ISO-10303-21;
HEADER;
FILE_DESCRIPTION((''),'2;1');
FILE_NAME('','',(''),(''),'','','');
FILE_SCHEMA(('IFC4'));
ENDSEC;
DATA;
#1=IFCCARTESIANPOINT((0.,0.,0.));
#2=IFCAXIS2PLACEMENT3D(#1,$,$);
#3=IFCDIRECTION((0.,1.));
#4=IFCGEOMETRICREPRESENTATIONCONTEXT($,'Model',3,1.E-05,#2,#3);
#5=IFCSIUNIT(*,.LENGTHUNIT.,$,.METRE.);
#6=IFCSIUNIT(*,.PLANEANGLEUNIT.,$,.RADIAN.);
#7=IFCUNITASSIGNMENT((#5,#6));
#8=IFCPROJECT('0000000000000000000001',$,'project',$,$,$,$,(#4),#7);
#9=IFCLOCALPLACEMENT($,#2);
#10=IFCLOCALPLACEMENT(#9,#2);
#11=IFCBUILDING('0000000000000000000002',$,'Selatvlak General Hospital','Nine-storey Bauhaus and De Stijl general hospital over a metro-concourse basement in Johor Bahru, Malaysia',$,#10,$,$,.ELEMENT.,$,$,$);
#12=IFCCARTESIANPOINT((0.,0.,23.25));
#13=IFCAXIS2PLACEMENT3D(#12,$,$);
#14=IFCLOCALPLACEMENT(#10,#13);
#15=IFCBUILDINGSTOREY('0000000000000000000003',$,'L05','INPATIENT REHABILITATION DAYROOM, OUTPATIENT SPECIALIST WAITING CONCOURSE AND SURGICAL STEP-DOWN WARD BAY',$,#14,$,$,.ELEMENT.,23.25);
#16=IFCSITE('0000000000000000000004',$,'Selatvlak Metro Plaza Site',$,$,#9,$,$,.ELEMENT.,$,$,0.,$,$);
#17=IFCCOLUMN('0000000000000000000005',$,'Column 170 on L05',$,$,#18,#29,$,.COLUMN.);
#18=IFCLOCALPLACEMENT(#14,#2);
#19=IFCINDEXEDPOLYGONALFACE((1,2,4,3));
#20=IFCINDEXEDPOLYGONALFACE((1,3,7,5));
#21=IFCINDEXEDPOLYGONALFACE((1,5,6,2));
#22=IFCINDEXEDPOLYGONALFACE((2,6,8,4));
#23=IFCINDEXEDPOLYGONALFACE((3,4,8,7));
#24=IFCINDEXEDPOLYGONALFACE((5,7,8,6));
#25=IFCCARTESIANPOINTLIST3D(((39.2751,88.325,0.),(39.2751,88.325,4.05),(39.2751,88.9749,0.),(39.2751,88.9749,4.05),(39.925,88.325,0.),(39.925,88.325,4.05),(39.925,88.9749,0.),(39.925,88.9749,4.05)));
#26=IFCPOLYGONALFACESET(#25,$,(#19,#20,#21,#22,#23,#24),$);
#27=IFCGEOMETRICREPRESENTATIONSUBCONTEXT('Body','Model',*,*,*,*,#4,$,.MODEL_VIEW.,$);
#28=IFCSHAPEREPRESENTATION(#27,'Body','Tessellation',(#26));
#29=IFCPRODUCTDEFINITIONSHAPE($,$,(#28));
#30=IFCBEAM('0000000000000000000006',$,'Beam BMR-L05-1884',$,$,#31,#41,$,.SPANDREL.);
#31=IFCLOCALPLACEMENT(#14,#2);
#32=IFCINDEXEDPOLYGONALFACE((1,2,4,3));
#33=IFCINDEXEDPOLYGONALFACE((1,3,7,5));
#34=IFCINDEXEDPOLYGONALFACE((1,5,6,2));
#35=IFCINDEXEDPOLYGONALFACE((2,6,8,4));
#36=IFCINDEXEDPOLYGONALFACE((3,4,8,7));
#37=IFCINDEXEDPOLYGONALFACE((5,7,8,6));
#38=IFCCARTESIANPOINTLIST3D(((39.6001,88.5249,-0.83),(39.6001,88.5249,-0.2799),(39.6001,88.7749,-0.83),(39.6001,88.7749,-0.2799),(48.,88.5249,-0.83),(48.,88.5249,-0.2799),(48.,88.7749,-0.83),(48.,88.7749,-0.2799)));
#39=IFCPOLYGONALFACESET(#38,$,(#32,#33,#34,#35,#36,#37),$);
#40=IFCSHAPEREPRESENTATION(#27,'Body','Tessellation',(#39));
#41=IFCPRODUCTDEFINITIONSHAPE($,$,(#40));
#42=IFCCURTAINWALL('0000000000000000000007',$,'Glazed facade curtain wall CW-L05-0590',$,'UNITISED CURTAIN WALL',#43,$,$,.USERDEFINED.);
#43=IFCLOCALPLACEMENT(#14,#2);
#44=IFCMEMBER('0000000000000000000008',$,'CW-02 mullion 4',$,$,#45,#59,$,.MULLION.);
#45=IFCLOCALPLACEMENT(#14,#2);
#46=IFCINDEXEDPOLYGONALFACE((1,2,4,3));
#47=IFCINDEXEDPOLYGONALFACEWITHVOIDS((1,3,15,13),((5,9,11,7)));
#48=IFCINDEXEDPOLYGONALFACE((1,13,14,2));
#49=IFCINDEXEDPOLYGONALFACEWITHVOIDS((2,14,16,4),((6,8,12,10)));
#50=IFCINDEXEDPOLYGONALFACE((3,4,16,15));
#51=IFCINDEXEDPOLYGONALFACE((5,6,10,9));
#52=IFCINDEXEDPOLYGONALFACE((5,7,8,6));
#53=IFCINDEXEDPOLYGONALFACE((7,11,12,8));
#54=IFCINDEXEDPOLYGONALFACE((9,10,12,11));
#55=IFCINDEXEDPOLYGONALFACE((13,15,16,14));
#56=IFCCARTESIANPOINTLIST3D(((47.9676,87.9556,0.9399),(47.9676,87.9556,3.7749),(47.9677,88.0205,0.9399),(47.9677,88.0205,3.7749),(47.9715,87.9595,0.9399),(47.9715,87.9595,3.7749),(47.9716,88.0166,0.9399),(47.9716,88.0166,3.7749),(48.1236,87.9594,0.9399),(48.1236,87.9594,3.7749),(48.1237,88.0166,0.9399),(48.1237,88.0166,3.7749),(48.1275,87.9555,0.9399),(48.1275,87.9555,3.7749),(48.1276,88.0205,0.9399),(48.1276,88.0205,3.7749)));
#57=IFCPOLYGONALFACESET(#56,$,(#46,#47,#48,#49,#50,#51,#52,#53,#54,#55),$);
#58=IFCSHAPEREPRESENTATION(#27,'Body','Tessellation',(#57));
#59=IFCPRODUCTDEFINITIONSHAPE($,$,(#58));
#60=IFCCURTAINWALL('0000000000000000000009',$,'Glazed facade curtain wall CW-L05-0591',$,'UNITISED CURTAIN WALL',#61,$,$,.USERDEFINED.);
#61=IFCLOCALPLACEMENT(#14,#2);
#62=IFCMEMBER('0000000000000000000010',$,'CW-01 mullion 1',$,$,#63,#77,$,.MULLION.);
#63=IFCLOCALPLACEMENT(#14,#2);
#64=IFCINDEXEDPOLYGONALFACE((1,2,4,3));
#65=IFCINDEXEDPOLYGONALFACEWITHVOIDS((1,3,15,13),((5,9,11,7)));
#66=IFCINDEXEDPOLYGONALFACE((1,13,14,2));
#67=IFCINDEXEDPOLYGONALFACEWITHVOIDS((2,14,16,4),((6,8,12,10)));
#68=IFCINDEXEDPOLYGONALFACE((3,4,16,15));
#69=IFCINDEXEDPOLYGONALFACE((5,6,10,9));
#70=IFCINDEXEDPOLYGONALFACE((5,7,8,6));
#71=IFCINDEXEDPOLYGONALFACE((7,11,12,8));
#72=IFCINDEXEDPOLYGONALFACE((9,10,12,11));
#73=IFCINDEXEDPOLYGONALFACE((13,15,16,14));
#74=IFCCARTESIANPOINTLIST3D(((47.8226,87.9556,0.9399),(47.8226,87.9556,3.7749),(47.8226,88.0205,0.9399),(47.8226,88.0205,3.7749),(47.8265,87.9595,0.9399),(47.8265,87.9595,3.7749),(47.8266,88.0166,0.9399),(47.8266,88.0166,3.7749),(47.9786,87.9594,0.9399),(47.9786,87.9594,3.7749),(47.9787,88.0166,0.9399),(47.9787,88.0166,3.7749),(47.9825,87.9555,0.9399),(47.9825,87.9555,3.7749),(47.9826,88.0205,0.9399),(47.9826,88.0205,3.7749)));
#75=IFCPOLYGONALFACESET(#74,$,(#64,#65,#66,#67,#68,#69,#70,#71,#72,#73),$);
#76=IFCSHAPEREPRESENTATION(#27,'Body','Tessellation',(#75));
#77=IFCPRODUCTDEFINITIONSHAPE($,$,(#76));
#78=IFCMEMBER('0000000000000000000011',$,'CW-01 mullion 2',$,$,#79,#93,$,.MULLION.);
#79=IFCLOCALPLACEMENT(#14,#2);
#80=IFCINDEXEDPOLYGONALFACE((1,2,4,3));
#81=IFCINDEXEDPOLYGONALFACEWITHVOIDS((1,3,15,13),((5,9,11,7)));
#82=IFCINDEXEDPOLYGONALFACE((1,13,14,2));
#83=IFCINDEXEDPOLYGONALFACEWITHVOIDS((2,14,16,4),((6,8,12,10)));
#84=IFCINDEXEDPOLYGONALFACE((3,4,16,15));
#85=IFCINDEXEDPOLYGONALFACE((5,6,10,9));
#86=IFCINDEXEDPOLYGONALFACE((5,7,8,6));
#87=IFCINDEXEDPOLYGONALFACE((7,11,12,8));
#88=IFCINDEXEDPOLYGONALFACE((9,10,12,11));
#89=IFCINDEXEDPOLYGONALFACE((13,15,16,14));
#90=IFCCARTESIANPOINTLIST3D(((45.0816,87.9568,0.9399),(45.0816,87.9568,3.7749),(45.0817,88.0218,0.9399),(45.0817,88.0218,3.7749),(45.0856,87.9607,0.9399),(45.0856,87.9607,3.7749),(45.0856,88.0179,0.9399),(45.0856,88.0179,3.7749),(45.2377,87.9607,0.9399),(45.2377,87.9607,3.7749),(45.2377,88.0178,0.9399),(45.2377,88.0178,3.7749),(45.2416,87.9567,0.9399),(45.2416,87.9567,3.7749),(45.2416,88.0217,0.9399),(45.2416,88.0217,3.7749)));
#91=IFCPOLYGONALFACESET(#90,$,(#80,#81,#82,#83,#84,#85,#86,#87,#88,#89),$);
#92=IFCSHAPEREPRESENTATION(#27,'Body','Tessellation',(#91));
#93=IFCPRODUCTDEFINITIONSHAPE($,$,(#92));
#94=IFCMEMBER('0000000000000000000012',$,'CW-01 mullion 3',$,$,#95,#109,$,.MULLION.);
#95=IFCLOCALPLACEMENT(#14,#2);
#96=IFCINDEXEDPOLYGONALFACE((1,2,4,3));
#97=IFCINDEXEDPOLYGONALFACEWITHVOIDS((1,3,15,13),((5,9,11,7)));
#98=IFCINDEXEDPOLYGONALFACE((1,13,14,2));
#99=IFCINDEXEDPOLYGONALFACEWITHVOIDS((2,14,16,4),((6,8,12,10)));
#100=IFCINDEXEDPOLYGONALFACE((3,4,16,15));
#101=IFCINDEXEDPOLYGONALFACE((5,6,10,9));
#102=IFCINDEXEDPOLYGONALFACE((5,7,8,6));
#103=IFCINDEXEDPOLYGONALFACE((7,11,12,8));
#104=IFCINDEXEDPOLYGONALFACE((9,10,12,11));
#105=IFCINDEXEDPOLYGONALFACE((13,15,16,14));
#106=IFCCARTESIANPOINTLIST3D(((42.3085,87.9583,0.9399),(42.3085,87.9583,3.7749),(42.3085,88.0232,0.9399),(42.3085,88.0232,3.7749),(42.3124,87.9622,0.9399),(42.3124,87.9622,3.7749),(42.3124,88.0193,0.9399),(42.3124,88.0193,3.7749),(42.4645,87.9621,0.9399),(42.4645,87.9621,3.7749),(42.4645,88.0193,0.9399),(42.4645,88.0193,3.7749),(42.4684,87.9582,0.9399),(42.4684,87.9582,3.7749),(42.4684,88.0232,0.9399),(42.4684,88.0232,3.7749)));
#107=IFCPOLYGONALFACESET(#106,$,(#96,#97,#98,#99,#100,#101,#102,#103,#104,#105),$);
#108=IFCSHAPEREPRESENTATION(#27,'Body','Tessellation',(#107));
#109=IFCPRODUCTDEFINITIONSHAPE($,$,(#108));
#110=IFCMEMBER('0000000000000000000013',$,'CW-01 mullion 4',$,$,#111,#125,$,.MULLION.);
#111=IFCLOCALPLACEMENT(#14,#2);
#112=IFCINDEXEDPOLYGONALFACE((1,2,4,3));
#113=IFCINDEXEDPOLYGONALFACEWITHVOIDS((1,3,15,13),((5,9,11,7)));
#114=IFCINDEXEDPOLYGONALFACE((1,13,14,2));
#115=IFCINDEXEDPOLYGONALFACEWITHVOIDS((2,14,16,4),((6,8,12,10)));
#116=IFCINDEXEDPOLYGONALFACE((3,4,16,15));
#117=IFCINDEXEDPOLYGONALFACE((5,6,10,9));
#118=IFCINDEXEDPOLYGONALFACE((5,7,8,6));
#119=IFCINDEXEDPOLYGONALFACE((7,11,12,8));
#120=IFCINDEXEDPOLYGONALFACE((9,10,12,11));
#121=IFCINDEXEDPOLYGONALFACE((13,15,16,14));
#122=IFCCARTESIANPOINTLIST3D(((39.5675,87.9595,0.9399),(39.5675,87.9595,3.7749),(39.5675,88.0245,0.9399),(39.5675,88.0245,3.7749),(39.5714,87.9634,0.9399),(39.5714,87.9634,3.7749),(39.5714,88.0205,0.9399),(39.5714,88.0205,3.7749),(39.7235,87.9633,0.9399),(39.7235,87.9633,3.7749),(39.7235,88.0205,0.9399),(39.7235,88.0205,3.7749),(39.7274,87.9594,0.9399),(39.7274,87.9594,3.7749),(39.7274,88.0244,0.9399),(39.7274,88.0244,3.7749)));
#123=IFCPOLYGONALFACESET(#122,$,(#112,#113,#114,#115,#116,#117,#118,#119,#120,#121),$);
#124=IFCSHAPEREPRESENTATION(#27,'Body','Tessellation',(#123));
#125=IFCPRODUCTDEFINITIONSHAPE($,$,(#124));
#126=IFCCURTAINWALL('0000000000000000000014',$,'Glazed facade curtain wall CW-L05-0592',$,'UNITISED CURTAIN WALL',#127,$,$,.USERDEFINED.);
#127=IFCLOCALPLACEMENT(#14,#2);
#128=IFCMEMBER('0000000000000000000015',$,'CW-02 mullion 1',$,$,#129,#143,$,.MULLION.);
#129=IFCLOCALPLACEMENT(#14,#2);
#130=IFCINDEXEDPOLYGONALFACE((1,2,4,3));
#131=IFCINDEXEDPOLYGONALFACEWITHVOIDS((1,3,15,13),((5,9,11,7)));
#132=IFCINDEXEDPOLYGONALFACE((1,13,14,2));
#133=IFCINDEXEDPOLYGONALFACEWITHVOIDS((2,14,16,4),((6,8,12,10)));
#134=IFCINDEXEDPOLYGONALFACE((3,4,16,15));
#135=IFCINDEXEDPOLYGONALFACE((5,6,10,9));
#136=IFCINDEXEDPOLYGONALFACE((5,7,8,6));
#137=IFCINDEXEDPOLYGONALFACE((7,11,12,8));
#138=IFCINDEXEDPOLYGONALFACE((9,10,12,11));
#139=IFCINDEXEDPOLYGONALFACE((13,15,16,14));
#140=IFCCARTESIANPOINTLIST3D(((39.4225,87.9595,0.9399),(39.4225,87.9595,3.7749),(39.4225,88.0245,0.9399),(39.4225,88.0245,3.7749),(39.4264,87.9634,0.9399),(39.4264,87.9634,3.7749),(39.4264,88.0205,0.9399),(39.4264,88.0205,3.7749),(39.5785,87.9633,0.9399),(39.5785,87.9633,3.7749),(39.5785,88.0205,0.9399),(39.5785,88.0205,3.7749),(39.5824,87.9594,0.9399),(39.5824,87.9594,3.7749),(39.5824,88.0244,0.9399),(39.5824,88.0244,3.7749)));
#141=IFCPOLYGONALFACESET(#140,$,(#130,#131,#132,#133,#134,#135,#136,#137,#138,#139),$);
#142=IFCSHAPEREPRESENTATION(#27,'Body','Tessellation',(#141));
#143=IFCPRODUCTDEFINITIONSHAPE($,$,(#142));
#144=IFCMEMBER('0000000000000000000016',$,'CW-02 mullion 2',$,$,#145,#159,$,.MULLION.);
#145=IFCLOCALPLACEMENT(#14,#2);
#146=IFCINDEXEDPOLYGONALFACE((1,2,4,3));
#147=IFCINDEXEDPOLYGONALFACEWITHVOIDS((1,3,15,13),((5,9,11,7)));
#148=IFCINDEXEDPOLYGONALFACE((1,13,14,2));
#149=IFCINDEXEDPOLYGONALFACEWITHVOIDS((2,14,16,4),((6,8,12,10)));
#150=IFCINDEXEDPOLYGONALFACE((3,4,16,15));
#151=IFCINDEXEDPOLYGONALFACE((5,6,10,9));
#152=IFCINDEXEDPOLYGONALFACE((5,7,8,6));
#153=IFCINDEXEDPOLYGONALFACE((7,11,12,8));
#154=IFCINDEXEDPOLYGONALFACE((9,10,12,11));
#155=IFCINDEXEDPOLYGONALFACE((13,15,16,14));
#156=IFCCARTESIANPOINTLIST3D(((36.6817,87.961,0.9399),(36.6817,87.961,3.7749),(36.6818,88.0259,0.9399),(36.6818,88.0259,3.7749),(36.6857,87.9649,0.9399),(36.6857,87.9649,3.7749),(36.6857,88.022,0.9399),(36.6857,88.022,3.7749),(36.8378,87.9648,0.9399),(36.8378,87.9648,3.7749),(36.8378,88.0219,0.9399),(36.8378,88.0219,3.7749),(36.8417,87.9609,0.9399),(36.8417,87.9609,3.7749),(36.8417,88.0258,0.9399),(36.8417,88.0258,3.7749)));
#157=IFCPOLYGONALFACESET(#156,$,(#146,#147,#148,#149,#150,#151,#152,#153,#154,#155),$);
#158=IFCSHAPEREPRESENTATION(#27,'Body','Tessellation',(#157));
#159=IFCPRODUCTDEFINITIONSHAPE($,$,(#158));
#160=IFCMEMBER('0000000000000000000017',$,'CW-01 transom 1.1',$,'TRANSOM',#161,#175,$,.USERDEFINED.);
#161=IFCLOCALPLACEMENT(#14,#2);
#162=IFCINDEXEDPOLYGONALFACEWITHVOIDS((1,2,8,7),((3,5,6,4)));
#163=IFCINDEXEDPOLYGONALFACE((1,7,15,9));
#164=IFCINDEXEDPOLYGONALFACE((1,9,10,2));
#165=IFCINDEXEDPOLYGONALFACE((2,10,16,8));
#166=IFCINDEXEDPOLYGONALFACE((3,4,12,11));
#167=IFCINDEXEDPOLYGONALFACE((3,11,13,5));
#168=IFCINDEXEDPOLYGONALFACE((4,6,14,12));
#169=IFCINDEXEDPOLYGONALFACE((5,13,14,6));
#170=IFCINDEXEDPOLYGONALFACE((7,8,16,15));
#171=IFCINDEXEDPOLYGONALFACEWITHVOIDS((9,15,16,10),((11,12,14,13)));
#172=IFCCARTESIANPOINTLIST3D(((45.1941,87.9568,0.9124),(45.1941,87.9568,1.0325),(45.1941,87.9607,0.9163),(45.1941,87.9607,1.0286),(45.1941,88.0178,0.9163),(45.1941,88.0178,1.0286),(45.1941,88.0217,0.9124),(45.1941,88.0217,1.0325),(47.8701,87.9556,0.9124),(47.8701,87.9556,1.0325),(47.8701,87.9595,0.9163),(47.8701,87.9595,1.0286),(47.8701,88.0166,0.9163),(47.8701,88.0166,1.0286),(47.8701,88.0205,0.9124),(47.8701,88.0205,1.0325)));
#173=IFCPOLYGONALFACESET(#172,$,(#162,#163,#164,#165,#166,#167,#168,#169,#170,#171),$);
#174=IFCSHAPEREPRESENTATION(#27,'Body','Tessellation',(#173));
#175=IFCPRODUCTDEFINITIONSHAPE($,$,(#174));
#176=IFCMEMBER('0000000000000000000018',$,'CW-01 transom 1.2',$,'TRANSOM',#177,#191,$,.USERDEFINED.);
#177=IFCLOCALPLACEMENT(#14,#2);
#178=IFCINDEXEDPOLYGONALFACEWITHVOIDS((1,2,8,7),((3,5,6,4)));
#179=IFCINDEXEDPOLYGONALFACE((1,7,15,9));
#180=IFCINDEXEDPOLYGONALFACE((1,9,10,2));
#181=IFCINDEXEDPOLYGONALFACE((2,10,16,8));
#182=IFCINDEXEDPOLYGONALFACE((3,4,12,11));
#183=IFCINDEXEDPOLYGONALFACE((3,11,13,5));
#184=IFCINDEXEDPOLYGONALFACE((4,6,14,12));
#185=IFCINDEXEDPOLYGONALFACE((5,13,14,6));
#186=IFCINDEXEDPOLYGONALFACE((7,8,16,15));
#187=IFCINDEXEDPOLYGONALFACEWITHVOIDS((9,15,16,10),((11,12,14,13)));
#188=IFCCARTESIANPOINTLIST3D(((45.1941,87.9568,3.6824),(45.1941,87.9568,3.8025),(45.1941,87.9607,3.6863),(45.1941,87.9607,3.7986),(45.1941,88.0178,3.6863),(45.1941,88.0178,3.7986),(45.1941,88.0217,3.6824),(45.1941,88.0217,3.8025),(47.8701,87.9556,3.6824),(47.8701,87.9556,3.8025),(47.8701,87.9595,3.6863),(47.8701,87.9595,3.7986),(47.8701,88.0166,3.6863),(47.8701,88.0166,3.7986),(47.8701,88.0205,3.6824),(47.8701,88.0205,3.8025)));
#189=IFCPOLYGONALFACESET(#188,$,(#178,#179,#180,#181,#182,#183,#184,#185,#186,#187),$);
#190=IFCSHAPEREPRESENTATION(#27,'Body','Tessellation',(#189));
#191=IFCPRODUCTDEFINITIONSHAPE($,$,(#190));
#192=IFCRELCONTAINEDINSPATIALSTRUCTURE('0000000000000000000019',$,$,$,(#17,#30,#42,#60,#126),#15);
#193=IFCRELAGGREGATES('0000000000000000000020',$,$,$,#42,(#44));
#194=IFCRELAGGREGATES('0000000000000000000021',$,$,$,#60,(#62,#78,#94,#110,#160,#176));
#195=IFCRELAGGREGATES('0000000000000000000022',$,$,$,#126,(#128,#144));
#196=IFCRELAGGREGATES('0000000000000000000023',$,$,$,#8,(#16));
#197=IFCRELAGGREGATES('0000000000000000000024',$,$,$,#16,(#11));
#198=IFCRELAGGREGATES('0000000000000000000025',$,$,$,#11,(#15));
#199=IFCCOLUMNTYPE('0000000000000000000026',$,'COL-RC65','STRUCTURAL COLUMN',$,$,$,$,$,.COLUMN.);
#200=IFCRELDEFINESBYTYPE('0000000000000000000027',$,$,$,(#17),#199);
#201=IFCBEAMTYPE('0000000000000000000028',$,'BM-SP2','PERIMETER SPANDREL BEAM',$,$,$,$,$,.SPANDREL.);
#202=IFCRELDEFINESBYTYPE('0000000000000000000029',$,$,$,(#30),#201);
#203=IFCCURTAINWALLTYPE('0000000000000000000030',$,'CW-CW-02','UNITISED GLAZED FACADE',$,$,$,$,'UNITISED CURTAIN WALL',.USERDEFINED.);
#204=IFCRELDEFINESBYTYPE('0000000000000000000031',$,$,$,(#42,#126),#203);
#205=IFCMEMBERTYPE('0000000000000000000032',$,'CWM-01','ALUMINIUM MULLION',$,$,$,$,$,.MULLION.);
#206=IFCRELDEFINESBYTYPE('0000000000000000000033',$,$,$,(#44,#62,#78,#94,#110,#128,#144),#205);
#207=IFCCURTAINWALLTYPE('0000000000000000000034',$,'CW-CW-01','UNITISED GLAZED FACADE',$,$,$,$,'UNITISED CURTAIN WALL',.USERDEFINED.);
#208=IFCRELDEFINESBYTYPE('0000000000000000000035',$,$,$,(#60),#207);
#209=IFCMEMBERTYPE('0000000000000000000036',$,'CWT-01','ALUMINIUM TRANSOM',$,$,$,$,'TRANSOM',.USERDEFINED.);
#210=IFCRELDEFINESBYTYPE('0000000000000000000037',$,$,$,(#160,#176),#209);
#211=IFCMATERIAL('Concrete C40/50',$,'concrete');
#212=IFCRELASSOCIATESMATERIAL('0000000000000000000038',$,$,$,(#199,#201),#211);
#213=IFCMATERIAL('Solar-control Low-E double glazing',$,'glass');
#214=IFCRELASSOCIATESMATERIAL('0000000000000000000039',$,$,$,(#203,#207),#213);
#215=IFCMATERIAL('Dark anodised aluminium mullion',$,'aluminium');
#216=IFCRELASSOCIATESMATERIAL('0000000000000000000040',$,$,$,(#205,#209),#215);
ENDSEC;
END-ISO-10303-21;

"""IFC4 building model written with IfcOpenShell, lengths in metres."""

from ifc_helpers import new_model, si_unit, direction, frame, origin, origin_2d, place, context, subcontext, project, spatial, rectangle, hollow_rectangle, extrude, material, material_profile, profile_set, type_object, element, aggregate, save


model = new_model("IFC4")

# Units and contexts
model_context = context("Model", 3, precision=1e-05, world=origin(), true_north=direction((0.0, 1.0)))
body_context = subcontext(model_context, "Body", "Model", "MODEL_VIEW")
ifc_project = project(units=[si_unit("LENGTHUNIT", "METRE"), si_unit("PLANEANGLEUNIT", "RADIAN")], contexts=[model_context])

# Site, building, storey
site_placement = place(None, origin())
site = spatial("IfcSite", under=ifc_project, at=site_placement, Name="Selatvlak Metro Plaza Site", CompositionType="ELEMENT", RefElevation=0.0)
building_placement = place(site_placement, origin())
building = spatial("IfcBuilding", under=site, at=building_placement, Name="Selatvlak General Hospital", Description="Nine-storey Bauhaus and De Stijl general hospital over a metro-concourse basement in Johor Bahru, Malaysia", CompositionType="ELEMENT")
storey_placement = place(building_placement, frame((0.0, 0.0, 23.25)))
storey = spatial("IfcBuildingStorey", under=building, at=storey_placement, Name="L05", Description="INPATIENT REHABILITATION DAYROOM, OUTPATIENT SPECIALIST WAITING CONCOURSE AND SURGICAL STEP-DOWN WARD BAY", CompositionType="ELEMENT", Elevation=23.25)

# Column
ifc_material_1 = material(Name="Concrete C40/50", Category="concrete")
ifc_material_profile_1 = material_profile(ifc_material_1, rectangle(XDim=0.6499, YDim=0.6499, at=origin_2d()), Name="RC-COL 650x650")
ifc_profile_set_1 = profile_set([ifc_material_profile_1], Name="Concrete C40/50")
column_type = type_object("IfcColumnType", Name="COL-RC65", Description="STRUCTURAL COLUMN", PredefinedType="COLUMN", material=ifc_profile_set_1)
column_placement = place(storey_placement, frame((39.6001, 88.6499, 0.0), z_axis=(0.0, 0.0, 1.0), x_axis=(1.0, 0.0, 0.0)))
element("IfcColumn", 1, at=column_placement, inside=storey, type_object=column_type, Name="Column 170 on L05", PredefinedType="COLUMN", context=body_context, shape_type="SweptSolid", body=[
    extrude(rectangle(XDim=0.6499, YDim=0.6499, at=origin_2d()), origin(), (0.0, 0.0, 1.0), 4.05),
])

# Beam
ifc_material_profile_2 = material_profile(ifc_material_1, rectangle(XDim=0.25, YDim=0.55, at=origin_2d()), Name="RC-SP 250x550")
ifc_profile_set_2 = profile_set([ifc_material_profile_2], Name="Concrete C40/50")
beam_type = type_object("IfcBeamType", Name="BM-SP2", Description="PERIMETER SPANDREL BEAM", PredefinedType="SPANDREL", material=ifc_profile_set_2)
beam_placement = place(storey_placement, frame((39.6001, 88.6499, -0.5549), z_axis=(1.0, 0.0, 0.0), x_axis=(0.0, 1.0, 0.0)))
element("IfcBeam", 2, at=beam_placement, inside=storey, type_object=beam_type, Name="Beam BMR-L05-1884", PredefinedType="SPANDREL", context=body_context, shape_type="SweptSolid", body=[
    extrude(rectangle(XDim=0.25, YDim=0.55, at=origin_2d()), origin(), (0.0, 0.0, 1.0), 8.3999),
])

# Curtain wall, member
ifc_material_2 = material(Name="Solar-control Low-E double glazing", Category="glass")
curtain_wall_type_1 = type_object("IfcCurtainWallType", Name="CW-CW-02", Description="UNITISED GLAZED FACADE", ElementType="UNITISED CURTAIN WALL", PredefinedType="USERDEFINED", material=ifc_material_2)
curtain_wall_1_placement = place(storey_placement, origin())
curtain_wall_1 = element("IfcCurtainWall", 3, at=curtain_wall_1_placement, inside=storey, type_object=curtain_wall_type_1, Name="Glazed facade curtain wall CW-L05-0590", ObjectType="UNITISED CURTAIN WALL", PredefinedType="USERDEFINED")
ifc_material_3 = material(Name="Dark anodised aluminium mullion", Category="aluminium")
ifc_material_profile_3 = material_profile(ifc_material_3, hollow_rectangle(XDim=0.0649, YDim=0.1599, WallThickness=0.0039, at=origin_2d()), Name="AL-MUL 65x160x4")
ifc_profile_set_3 = profile_set([ifc_material_profile_3], Name="Dark anodised aluminium mullion")
member_type_1 = type_object("IfcMemberType", Name="CWM-01", Description="ALUMINIUM MULLION", PredefinedType="MULLION", material=ifc_profile_set_3)
member_1_placement = place(storey_placement, frame((48.0476, 87.988, 0.9399), z_axis=(0.0, 0.0, 1.0), x_axis=(-0.000481, -1.0, 0.0)))
member_1 = element("IfcMember", 4, at=member_1_placement, type_object=member_type_1, Name="CW-02 mullion 4", PredefinedType="MULLION", context=body_context, shape_type="SweptSolid", body=[
    extrude(hollow_rectangle(XDim=0.0649, YDim=0.1599, WallThickness=0.0039, at=origin_2d()), origin(), (0.0, 0.0, 1.0), 2.835),
])

# Curtain walls, members
curtain_wall_type_2 = type_object("IfcCurtainWallType", Name="CW-CW-01", Description="UNITISED GLAZED FACADE", ElementType="UNITISED CURTAIN WALL", PredefinedType="USERDEFINED", material=ifc_material_2)
curtain_wall_2_placement = place(storey_placement, origin())
curtain_wall_2 = element("IfcCurtainWall", 5, at=curtain_wall_2_placement, inside=storey, type_object=curtain_wall_type_2, Name="Glazed facade curtain wall CW-L05-0591", ObjectType="UNITISED CURTAIN WALL", PredefinedType="USERDEFINED")
member_2_placement = place(storey_placement, frame((47.9026, 87.988, 0.9399), z_axis=(0.0, 0.0, 1.0), x_axis=(-0.000481, -1.0, 0.0)))
member_2 = element("IfcMember", 6, at=member_2_placement, type_object=member_type_1, Name="CW-01 mullion 1", PredefinedType="MULLION", context=body_context, shape_type="SweptSolid", body=[
    extrude(hollow_rectangle(XDim=0.0649, YDim=0.1599, WallThickness=0.0039, at=origin_2d()), origin(), (0.0, 0.0, 1.0), 2.835),
])
member_3_placement = place(storey_placement, frame((45.1616, 87.9893, 0.9399), z_axis=(0.0, 0.0, 1.0), x_axis=(-0.000481, -1.0, 0.0)))
member_3 = element("IfcMember", 7, at=member_3_placement, type_object=member_type_1, Name="CW-01 mullion 2", PredefinedType="MULLION", context=body_context, shape_type="SweptSolid", body=[
    extrude(hollow_rectangle(XDim=0.0649, YDim=0.1599, WallThickness=0.0039, at=origin_2d()), origin(), (0.0, 0.0, 1.0), 2.835),
])
member_4_placement = place(storey_placement, frame((42.3884, 87.9907, 0.9399), z_axis=(0.0, 0.0, 1.0), x_axis=(-0.000481, -1.0, 0.0)))
member_4 = element("IfcMember", 8, at=member_4_placement, type_object=member_type_1, Name="CW-01 mullion 3", PredefinedType="MULLION", context=body_context, shape_type="SweptSolid", body=[
    extrude(hollow_rectangle(XDim=0.0649, YDim=0.1599, WallThickness=0.0039, at=origin_2d()), origin(), (0.0, 0.0, 1.0), 2.835),
])
member_5_placement = place(storey_placement, frame((39.6475, 87.9919, 0.9399), z_axis=(0.0, 0.0, 1.0), x_axis=(-0.000481, -1.0, 0.0)))
member_5 = element("IfcMember", 9, at=member_5_placement, type_object=member_type_1, Name="CW-01 mullion 4", PredefinedType="MULLION", context=body_context, shape_type="SweptSolid", body=[
    extrude(hollow_rectangle(XDim=0.0649, YDim=0.1599, WallThickness=0.0039, at=origin_2d()), origin(), (0.0, 0.0, 1.0), 2.835),
])
curtain_wall_3_placement = place(storey_placement, origin())
curtain_wall_3 = element("IfcCurtainWall", 10, at=curtain_wall_3_placement, inside=storey, type_object=curtain_wall_type_1, Name="Glazed facade curtain wall CW-L05-0592", ObjectType="UNITISED CURTAIN WALL", PredefinedType="USERDEFINED")
member_6_placement = place(storey_placement, frame((39.5024, 87.9919, 0.9399), z_axis=(0.0, 0.0, 1.0), x_axis=(-0.000481, -1.0, 0.0)))
member_6 = element("IfcMember", 11, at=member_6_placement, type_object=member_type_1, Name="CW-02 mullion 1", PredefinedType="MULLION", context=body_context, shape_type="SweptSolid", body=[
    extrude(hollow_rectangle(XDim=0.0649, YDim=0.1599, WallThickness=0.0039, at=origin_2d()), origin(), (0.0, 0.0, 1.0), 2.835),
])
member_7_placement = place(storey_placement, frame((36.7617, 87.9934, 0.9399), z_axis=(0.0, 0.0, 1.0), x_axis=(-0.000481, -1.0, 0.0)))
member_7 = element("IfcMember", 12, at=member_7_placement, type_object=member_type_1, Name="CW-02 mullion 2", PredefinedType="MULLION", context=body_context, shape_type="SweptSolid", body=[
    extrude(hollow_rectangle(XDim=0.0649, YDim=0.1599, WallThickness=0.0039, at=origin_2d()), origin(), (0.0, 0.0, 1.0), 2.835),
])

# Members
ifc_material_profile_4 = material_profile(ifc_material_3, hollow_rectangle(XDim=0.0649, YDim=0.1201, WallThickness=0.0039, at=origin_2d()), Name="AL-TRN 65x120x4")
ifc_profile_set_4 = profile_set([ifc_material_profile_4], Name="Dark anodised aluminium mullion")
member_type_2 = type_object("IfcMemberType", Name="CWT-01", Description="ALUMINIUM TRANSOM", ElementType="TRANSOM", PredefinedType="USERDEFINED", material=ifc_profile_set_4)
member_8_placement = place(storey_placement, frame((47.8701, 87.988, 0.9724), z_axis=(-1.0, 0.000456, 0.0), x_axis=(-0.000456, -1.0, 0.0)))
member_8 = element("IfcMember", 13, at=member_8_placement, type_object=member_type_2, Name="CW-01 transom 1.1", ObjectType="TRANSOM", PredefinedType="USERDEFINED", context=body_context, shape_type="SweptSolid", body=[
    extrude(hollow_rectangle(XDim=0.0649, YDim=0.1201, WallThickness=0.0039, at=origin_2d()), origin(), (0.0, 0.0, 1.0), 2.676),
])
member_9_placement = place(storey_placement, frame((47.8701, 87.988, 3.7424), z_axis=(-1.0, 0.000456, 0.0), x_axis=(-0.000456, -1.0, 0.0)))
member_9 = element("IfcMember", 14, at=member_9_placement, type_object=member_type_2, Name="CW-01 transom 1.2", ObjectType="TRANSOM", PredefinedType="USERDEFINED", context=body_context, shape_type="SweptSolid", body=[
    extrude(hollow_rectangle(XDim=0.0649, YDim=0.1201, WallThickness=0.0039, at=origin_2d()), origin(), (0.0, 0.0, 1.0), 2.676),
])

aggregate(curtain_wall_1, [member_1])
aggregate(curtain_wall_2, [member_2, member_3, member_4, member_5, member_8, member_9])
aggregate(curtain_wall_3, [member_6, member_7])

save(model, "model.ifc")
